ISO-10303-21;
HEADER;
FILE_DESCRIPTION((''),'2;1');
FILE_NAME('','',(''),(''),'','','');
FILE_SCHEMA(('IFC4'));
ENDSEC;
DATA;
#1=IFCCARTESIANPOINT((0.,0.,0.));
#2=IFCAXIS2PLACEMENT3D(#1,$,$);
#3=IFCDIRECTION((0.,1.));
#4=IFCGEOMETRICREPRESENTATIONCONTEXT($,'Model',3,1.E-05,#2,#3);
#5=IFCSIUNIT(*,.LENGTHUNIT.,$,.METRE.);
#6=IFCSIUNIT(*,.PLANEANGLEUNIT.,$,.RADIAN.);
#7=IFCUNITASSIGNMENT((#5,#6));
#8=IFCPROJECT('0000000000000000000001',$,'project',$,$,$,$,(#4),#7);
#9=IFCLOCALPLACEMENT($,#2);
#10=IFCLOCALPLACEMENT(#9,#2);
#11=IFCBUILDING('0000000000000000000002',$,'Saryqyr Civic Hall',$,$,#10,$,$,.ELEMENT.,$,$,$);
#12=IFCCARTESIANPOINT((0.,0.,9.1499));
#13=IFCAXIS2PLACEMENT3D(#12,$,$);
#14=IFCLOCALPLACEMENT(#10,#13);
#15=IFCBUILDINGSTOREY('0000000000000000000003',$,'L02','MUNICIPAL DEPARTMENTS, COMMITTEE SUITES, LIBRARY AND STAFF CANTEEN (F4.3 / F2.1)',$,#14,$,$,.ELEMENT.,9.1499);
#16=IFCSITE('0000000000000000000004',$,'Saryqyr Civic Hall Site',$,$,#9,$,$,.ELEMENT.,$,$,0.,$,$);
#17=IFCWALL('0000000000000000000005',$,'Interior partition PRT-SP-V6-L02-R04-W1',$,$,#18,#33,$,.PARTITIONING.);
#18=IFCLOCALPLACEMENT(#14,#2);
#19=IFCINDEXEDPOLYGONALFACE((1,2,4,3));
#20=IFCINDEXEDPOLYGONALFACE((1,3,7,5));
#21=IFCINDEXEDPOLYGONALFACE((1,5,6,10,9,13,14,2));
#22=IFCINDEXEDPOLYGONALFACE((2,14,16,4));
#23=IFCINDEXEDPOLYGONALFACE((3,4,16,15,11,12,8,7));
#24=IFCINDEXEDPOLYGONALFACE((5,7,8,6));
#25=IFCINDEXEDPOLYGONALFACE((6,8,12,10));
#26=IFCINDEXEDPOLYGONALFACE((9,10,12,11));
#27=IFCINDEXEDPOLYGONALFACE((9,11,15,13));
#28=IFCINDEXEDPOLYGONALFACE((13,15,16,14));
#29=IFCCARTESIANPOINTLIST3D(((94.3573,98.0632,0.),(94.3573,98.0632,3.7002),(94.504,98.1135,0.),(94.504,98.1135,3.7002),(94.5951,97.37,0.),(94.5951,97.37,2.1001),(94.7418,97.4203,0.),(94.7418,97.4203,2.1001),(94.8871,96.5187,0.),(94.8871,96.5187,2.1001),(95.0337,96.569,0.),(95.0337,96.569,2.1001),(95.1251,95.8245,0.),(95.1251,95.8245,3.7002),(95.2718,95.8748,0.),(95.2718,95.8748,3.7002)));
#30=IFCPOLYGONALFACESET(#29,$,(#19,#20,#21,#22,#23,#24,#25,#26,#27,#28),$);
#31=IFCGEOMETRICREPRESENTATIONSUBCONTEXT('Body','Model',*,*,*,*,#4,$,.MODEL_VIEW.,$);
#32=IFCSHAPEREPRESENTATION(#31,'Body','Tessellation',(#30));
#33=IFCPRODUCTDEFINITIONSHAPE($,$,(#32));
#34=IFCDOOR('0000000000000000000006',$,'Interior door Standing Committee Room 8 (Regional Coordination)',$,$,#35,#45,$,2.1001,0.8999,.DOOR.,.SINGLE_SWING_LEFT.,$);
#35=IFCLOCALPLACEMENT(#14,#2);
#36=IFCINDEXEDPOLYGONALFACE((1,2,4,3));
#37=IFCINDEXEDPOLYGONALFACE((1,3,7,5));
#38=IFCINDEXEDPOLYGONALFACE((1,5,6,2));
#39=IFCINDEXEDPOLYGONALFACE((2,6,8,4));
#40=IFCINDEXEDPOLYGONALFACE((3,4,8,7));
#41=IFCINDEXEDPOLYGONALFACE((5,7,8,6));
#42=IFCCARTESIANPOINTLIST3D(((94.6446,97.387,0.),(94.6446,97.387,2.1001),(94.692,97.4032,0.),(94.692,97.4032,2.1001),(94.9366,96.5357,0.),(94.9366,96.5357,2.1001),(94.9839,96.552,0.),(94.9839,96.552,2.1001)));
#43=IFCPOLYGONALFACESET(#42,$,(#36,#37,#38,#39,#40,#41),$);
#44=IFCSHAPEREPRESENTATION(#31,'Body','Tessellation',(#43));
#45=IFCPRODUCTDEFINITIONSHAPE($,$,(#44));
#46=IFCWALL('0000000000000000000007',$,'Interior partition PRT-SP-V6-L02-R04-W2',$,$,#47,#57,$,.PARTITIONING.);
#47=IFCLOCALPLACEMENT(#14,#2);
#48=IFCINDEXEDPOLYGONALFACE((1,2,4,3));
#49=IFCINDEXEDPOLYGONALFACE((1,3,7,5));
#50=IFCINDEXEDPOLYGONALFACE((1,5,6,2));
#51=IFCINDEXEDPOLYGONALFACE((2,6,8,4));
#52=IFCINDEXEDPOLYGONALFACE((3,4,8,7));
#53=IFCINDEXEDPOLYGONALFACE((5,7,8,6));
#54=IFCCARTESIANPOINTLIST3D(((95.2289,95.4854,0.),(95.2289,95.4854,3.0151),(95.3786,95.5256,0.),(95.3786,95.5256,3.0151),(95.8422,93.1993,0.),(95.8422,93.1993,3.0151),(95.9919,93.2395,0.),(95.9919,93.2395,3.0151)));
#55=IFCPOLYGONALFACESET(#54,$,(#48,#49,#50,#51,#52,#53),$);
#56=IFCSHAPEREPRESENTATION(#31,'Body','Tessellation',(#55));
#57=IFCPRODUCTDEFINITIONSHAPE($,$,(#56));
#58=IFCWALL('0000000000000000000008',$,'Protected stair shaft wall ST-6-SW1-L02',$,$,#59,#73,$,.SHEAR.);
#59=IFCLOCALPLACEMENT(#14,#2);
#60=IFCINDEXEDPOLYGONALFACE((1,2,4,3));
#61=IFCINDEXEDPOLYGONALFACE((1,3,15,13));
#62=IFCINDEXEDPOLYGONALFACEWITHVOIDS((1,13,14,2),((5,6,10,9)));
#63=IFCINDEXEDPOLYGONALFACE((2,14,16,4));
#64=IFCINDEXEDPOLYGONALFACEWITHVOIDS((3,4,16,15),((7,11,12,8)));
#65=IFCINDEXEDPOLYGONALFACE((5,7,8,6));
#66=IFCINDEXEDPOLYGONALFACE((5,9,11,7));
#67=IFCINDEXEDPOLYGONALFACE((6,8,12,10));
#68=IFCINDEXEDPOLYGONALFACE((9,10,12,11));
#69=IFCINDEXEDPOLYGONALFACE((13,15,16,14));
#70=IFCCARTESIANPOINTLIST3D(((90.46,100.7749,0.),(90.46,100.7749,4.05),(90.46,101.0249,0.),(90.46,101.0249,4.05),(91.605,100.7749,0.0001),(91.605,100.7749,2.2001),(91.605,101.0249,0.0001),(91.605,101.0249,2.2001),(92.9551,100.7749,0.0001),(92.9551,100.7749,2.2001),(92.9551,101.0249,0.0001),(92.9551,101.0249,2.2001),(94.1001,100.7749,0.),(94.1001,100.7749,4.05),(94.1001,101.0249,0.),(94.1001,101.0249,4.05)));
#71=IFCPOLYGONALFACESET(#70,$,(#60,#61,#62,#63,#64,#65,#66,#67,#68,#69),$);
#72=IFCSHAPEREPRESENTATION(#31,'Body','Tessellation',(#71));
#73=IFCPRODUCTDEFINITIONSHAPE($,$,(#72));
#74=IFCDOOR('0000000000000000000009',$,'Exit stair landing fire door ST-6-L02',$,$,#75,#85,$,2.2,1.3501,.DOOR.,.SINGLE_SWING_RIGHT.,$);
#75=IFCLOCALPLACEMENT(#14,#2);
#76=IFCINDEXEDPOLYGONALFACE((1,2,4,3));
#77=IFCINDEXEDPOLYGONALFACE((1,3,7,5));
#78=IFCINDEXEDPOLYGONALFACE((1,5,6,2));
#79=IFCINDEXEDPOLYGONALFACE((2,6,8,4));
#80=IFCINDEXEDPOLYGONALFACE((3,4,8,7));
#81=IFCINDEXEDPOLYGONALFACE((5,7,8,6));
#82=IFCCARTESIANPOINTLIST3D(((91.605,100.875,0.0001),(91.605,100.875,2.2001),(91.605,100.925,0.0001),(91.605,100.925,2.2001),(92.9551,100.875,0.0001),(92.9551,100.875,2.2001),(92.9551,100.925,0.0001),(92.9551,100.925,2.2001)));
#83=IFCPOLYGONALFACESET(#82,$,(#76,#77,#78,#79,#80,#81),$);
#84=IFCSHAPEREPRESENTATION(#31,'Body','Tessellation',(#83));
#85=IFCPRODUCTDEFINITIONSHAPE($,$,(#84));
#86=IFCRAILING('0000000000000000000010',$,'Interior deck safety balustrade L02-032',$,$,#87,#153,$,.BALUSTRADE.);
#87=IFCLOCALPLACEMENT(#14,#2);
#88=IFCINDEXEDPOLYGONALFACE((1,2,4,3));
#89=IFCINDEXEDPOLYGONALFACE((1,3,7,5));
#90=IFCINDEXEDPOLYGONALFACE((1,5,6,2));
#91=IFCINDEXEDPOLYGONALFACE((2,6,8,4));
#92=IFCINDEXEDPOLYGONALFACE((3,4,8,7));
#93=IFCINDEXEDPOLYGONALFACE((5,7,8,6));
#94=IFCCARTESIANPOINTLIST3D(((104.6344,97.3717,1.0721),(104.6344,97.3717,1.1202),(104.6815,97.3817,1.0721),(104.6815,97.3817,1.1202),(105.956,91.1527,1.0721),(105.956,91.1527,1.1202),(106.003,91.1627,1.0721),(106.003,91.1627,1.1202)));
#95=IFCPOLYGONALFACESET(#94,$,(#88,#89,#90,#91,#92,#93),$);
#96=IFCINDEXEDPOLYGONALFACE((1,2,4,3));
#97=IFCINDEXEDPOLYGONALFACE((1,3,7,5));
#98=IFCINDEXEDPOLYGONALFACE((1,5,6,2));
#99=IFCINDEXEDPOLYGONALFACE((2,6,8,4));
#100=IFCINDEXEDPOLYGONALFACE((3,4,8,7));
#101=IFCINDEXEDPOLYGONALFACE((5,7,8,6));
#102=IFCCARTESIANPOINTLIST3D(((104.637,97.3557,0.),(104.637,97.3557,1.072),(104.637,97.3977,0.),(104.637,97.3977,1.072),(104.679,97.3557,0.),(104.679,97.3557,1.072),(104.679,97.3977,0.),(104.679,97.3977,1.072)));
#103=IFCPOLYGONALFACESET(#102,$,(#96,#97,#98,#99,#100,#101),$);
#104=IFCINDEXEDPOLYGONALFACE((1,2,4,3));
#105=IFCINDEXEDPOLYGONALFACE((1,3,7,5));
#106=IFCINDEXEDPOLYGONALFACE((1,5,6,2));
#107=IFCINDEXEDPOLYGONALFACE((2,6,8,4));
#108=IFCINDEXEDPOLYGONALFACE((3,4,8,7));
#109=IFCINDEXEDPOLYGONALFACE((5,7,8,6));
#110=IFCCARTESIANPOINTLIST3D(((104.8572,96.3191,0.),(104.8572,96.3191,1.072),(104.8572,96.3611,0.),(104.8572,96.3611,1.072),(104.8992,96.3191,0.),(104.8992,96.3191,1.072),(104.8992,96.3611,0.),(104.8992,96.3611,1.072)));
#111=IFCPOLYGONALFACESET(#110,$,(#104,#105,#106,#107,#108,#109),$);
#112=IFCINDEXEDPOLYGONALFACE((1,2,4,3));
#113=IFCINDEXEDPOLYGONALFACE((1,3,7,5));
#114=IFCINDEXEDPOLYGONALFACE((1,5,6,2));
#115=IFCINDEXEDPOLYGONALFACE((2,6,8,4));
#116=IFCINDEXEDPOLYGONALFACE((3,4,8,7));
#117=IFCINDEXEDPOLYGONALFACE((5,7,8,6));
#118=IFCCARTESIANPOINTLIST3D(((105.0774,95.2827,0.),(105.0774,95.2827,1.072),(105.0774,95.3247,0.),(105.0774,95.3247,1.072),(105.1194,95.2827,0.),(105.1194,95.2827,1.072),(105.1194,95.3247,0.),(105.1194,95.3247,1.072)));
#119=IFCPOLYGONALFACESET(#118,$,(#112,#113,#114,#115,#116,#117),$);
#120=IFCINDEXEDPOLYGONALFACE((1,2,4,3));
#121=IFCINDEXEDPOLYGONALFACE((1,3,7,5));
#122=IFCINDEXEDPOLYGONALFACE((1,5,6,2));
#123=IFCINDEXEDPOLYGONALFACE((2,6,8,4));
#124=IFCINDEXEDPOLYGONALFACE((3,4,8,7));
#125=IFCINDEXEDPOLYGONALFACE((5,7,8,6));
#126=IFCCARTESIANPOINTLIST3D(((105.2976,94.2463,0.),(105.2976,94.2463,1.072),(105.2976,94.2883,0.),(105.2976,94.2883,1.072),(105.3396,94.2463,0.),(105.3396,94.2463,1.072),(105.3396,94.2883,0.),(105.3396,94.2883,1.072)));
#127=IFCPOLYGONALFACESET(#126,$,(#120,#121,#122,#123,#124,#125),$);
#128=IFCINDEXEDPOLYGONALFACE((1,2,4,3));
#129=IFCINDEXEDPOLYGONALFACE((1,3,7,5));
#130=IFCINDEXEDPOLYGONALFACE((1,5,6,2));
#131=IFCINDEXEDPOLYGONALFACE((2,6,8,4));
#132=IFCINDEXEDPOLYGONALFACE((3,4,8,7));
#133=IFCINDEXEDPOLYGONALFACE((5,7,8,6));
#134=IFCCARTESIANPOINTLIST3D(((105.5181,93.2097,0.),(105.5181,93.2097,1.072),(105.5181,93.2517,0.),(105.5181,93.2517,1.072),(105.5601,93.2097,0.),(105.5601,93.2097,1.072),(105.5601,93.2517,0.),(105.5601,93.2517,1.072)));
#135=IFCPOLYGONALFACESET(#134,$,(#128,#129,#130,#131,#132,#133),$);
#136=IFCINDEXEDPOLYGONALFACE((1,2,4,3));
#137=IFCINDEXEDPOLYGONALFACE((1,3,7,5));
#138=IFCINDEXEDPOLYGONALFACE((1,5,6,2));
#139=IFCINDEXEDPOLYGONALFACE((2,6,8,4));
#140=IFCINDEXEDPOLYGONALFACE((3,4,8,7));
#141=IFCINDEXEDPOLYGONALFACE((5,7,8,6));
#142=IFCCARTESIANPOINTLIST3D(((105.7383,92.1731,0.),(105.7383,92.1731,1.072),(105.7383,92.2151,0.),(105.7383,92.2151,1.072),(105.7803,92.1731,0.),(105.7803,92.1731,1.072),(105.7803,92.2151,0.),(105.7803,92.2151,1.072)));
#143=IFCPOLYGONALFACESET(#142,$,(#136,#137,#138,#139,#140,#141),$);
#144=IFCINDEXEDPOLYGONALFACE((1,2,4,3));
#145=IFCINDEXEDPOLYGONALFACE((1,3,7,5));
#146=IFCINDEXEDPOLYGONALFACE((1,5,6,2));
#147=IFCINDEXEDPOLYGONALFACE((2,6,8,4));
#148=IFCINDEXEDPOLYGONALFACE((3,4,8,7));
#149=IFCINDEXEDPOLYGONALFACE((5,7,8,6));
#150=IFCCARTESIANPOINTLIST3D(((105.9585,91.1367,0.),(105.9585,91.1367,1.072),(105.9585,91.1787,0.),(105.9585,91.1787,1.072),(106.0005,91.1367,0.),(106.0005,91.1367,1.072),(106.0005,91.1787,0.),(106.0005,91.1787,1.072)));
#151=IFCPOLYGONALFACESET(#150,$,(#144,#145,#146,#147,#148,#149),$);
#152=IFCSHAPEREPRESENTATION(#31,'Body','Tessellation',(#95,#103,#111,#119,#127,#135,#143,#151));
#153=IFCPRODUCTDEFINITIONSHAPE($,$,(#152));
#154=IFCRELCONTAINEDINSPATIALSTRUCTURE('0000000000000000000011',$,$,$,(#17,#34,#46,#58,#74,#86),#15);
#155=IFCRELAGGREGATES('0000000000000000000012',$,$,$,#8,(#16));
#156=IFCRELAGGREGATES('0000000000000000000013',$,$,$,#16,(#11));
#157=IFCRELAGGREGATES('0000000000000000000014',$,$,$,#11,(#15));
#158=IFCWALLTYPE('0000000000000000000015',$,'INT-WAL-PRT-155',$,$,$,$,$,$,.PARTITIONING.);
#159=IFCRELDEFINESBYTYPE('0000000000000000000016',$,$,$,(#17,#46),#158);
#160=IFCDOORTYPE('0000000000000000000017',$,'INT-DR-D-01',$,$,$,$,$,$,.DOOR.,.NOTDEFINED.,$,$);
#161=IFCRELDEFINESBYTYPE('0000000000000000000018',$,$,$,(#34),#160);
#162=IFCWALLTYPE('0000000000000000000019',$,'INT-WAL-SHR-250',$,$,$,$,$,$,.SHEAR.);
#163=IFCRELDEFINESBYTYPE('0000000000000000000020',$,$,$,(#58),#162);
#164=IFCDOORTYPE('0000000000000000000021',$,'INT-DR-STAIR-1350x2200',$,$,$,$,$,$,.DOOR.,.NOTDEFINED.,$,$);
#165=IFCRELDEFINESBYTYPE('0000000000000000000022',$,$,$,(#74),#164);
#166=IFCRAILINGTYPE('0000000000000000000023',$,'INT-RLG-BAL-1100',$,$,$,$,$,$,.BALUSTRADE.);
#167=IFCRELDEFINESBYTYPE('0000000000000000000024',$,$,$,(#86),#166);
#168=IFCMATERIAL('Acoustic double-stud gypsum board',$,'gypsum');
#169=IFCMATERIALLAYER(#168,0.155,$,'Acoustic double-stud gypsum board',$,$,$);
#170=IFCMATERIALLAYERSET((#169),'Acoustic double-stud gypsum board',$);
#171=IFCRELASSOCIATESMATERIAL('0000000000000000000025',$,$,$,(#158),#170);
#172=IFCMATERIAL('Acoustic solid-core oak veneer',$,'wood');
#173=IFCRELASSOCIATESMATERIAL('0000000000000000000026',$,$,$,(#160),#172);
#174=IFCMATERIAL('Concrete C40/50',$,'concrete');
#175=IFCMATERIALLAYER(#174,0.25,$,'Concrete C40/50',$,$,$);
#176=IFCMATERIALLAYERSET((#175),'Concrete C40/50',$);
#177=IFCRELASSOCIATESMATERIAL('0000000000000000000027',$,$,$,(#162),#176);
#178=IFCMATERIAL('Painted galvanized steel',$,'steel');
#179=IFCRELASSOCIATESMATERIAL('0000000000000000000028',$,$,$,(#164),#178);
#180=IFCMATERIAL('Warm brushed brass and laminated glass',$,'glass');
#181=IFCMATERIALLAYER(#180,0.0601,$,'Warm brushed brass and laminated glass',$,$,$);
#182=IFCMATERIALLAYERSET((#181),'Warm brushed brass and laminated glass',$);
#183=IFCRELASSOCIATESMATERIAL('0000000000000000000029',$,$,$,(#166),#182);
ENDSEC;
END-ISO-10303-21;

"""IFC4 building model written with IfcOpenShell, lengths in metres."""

from ifc_helpers import new_model, si_unit, direction, frame, frame_2d, origin, origin_2d, place, context, subcontext, project, spatial, rectangle, extrude, material, layer, layer_set, type_object, element, fill, save


model = new_model("IFC4")

# Units and contexts
model_context = context("Model", 3, precision=1e-05, world=origin(), true_north=direction((0.0, 1.0)))
body_context = subcontext(model_context, "Body", "Model", "MODEL_VIEW")
ifc_project = project(units=[si_unit("LENGTHUNIT", "METRE"), si_unit("PLANEANGLEUNIT", "RADIAN")], contexts=[model_context])

# Site, building, storey
site_placement = place(None, origin())
site = spatial("IfcSite", under=ifc_project, at=site_placement, Name="Saryqyr Civic Hall Site", CompositionType="ELEMENT", RefElevation=0.0)
building_placement = place(site_placement, origin())
building = spatial("IfcBuilding", under=site, at=building_placement, Name="Saryqyr Civic Hall", CompositionType="ELEMENT")
storey_placement = place(building_placement, frame((0.0, 0.0, 9.1499)))
storey = spatial("IfcBuildingStorey", under=building, at=storey_placement, Name="L02", Description="MUNICIPAL DEPARTMENTS, COMMITTEE SUITES, LIBRARY AND STAFF CANTEEN (F4.3 / F2.1)", CompositionType="ELEMENT", Elevation=9.1499)

# Shared definitions
ifc_material_1 = material(Name="Concrete C40/50", Category="concrete")

# Wall, opening, door
ifc_material_2 = material(Name="Acoustic double-stud gypsum board", Category="gypsum")
ifc_layer_1 = layer(ifc_material_2, 0.155, Name="Acoustic double-stud gypsum board")
ifc_layer_set_1 = layer_set([ifc_layer_1], Name="Acoustic double-stud gypsum board")
wall_type_1 = type_object("IfcWallType", Name="INT-WAL-PRT-155", PredefinedType="PARTITIONING", material=ifc_layer_set_1)
wall_1_placement = place(storey_placement, frame((94.4307, 98.0884, 0.0), z_axis=(0.0, 0.0, 1.0), x_axis=(0.324417, -0.945914, 0.0)))
wall_1 = element("IfcWall", 1, at=wall_1_placement, inside=storey, type_object=wall_type_1, Name="Interior partition PRT-SP-V6-L02-R04-W1", PredefinedType="PARTITIONING", context=body_context, shape_type="SweptSolid", body=[
    extrude(rectangle(XDim=2.3667, YDim=0.155, at=frame_2d((1.1833, 0.0))), origin(), (0.0, 0.0, 1.0), 3.7002),
])
opening_1_placement = place(wall_1_placement, frame((0.7329, 0.0, 0.0)))
opening_1 = element("IfcOpeningElement", 2, at=opening_1_placement, cuts=wall_1, PredefinedType="OPENING", context=body_context, shape_type="SweptSolid", body=[
    extrude(rectangle(XDim=0.8999, YDim=2.1001, at=frame_2d((0.45, 1.05))), frame((0.0, 0.0874, 0.0), z_axis=(0.0, -1.0, 0.0), x_axis=(1.0, 0.0, 0.0)), (0.0, 0.0, 1.0), 0.175),
])
ifc_material_3 = material(Name="Acoustic solid-core oak veneer", Category="wood")
door_type_1 = type_object("IfcDoorType", Name="INT-DR-D-01", OperationType="NOTDEFINED", PredefinedType="DOOR", material=ifc_material_3)
door_1_placement = place(opening_1_placement, origin())
door_1 = element("IfcDoor", 3, at=door_1_placement, inside=storey, type_object=door_type_1, Name="Interior door Standing Committee Room 8 (Regional Coordination)", OperationType="SINGLE_SWING_LEFT", OverallHeight=2.1001, OverallWidth=0.8999, PredefinedType="DOOR", context=body_context, shape_type="SweptSolid", body=[
    extrude(rectangle(XDim=0.8999, YDim=2.1001, at=frame_2d((0.45, 1.05))), frame((0.0, 0.0249, 0.0), z_axis=(0.0, -1.0, 0.0), x_axis=(1.0, 0.0, 0.0)), (0.0, 0.0, 1.0), 0.05),
])
fill(opening_1, door_1)

# Wall
wall_2_placement = place(storey_placement, frame((95.3037, 95.5056, 0.0), z_axis=(0.0, 0.0, 1.0), x_axis=(0.2591, -0.96585, 0.0)))
element("IfcWall", 4, at=wall_2_placement, inside=storey, type_object=wall_type_1, Name="Interior partition PRT-SP-V6-L02-R04-W2", PredefinedType="PARTITIONING", context=body_context, shape_type="SweptSolid", body=[
    extrude(rectangle(XDim=2.3669, YDim=0.155, at=frame_2d((1.1836, 0.0))), origin(), (0.0, 0.0, 1.0), 3.0151),
])

# Wall, opening, door
ifc_layer_2 = layer(ifc_material_1, 0.25, Name="Concrete C40/50")
ifc_layer_set_2 = layer_set([ifc_layer_2], Name="Concrete C40/50")
wall_type_2 = type_object("IfcWallType", Name="INT-WAL-SHR-250", PredefinedType="SHEAR", material=ifc_layer_set_2)
wall_3_placement = place(storey_placement, frame((94.1001, 100.8999, 0.0), z_axis=(0.0, 0.0, 1.0), x_axis=(-1.0, 0.0, 0.0)))
wall_3 = element("IfcWall", 5, at=wall_3_placement, inside=storey, type_object=wall_type_2, Name="Protected stair shaft wall ST-6-SW1-L02", PredefinedType="SHEAR", context=body_context, shape_type="SweptSolid", body=[
    extrude(rectangle(XDim=3.6401, YDim=0.25, at=frame_2d((1.8201, 0.0))), origin(), (0.0, 0.0, 1.0), 4.05),
])
opening_2_placement = place(wall_3_placement, frame((1.145, 0.0, 0.0)))
opening_2 = element("IfcOpeningElement", 6, at=opening_2_placement, cuts=wall_3, PredefinedType="OPENING", context=body_context, shape_type="SweptSolid", body=[
    extrude(rectangle(XDim=1.3501, YDim=2.2, at=frame_2d((0.675, 1.1001))), frame((0.0, 0.135, 0.0), z_axis=(0.0, -1.0, 0.0), x_axis=(1.0, 0.0, 0.0)), (0.0, 0.0, 1.0), 0.27),
])
ifc_material_4 = material(Name="Painted galvanized steel", Category="steel")
door_type_2 = type_object("IfcDoorType", Name="INT-DR-STAIR-1350x2200", OperationType="NOTDEFINED", PredefinedType="DOOR", material=ifc_material_4)
door_2_placement = place(opening_2_placement, origin())
door_2 = element("IfcDoor", 7, at=door_2_placement, inside=storey, type_object=door_type_2, Name="Exit stair landing fire door ST-6-L02", OperationType="SINGLE_SWING_RIGHT", OverallHeight=2.2, OverallWidth=1.3501, PredefinedType="DOOR", context=body_context, shape_type="SweptSolid", body=[
    extrude(rectangle(XDim=1.3501, YDim=2.2, at=frame_2d((0.675, 1.1001))), frame((0.0, 0.0249, 0.0), z_axis=(0.0, -1.0, 0.0), x_axis=(1.0, 0.0, 0.0)), (0.0, 0.0, 1.0), 0.05),
])
fill(opening_2, door_2)

# Railing
ifc_material_5 = material(Name="Warm brushed brass and laminated glass", Category="glass")
ifc_layer_3 = layer(ifc_material_5, 0.0601, Name="Warm brushed brass and laminated glass")
ifc_layer_set_3 = layer_set([ifc_layer_3], Name="Warm brushed brass and laminated glass")
railing_type_1 = type_object("IfcRailingType", Name="INT-RLG-BAL-1100", PredefinedType="BALUSTRADE", material=ifc_layer_set_3)
railing_1_placement = place(storey_placement, frame((104.658, 97.3767, 0.0)))
element("IfcRailing", 8, at=railing_1_placement, inside=storey, type_object=railing_type_1, Name="Interior deck safety balustrade L02-032", PredefinedType="BALUSTRADE", context=body_context, shape_type="SweptSolid", body=[
    extrude(rectangle(XDim=0.0481, YDim=0.0481, at=origin_2d()), frame((0.0, 0.0, 1.0962), z_axis=(0.207858, -0.978159, 0.0), x_axis=(0.978159, 0.207858, 0.0)), (0.0, 0.0, 1.0), 6.3579),
    extrude(rectangle(XDim=0.042, YDim=0.042, at=origin_2d()), origin(), (0.0, 0.0, 1.0), 1.072),
    extrude(rectangle(XDim=0.042, YDim=0.042, at=origin_2d()), frame((0.2202, -1.0366, 0.0)), (0.0, 0.0, 1.0), 1.072),
    extrude(rectangle(XDim=0.042, YDim=0.042, at=origin_2d()), frame((0.4404, -2.073, 0.0)), (0.0, 0.0, 1.0), 1.072),
    extrude(rectangle(XDim=0.042, YDim=0.042, at=origin_2d()), frame((0.6606, -3.1094, 0.0)), (0.0, 0.0, 1.0), 1.072),
    extrude(rectangle(XDim=0.042, YDim=0.042, at=origin_2d()), frame((0.8811, -4.146, 0.0)), (0.0, 0.0, 1.0), 1.072),
    extrude(rectangle(XDim=0.042, YDim=0.042, at=origin_2d()), frame((1.1013, -5.1826, 0.0)), (0.0, 0.0, 1.0), 1.072),
    extrude(rectangle(XDim=0.042, YDim=0.042, at=origin_2d()), frame((1.3215, -6.219, 0.0)), (0.0, 0.0, 1.0), 1.072),
])

save(model, "model.ifc")
